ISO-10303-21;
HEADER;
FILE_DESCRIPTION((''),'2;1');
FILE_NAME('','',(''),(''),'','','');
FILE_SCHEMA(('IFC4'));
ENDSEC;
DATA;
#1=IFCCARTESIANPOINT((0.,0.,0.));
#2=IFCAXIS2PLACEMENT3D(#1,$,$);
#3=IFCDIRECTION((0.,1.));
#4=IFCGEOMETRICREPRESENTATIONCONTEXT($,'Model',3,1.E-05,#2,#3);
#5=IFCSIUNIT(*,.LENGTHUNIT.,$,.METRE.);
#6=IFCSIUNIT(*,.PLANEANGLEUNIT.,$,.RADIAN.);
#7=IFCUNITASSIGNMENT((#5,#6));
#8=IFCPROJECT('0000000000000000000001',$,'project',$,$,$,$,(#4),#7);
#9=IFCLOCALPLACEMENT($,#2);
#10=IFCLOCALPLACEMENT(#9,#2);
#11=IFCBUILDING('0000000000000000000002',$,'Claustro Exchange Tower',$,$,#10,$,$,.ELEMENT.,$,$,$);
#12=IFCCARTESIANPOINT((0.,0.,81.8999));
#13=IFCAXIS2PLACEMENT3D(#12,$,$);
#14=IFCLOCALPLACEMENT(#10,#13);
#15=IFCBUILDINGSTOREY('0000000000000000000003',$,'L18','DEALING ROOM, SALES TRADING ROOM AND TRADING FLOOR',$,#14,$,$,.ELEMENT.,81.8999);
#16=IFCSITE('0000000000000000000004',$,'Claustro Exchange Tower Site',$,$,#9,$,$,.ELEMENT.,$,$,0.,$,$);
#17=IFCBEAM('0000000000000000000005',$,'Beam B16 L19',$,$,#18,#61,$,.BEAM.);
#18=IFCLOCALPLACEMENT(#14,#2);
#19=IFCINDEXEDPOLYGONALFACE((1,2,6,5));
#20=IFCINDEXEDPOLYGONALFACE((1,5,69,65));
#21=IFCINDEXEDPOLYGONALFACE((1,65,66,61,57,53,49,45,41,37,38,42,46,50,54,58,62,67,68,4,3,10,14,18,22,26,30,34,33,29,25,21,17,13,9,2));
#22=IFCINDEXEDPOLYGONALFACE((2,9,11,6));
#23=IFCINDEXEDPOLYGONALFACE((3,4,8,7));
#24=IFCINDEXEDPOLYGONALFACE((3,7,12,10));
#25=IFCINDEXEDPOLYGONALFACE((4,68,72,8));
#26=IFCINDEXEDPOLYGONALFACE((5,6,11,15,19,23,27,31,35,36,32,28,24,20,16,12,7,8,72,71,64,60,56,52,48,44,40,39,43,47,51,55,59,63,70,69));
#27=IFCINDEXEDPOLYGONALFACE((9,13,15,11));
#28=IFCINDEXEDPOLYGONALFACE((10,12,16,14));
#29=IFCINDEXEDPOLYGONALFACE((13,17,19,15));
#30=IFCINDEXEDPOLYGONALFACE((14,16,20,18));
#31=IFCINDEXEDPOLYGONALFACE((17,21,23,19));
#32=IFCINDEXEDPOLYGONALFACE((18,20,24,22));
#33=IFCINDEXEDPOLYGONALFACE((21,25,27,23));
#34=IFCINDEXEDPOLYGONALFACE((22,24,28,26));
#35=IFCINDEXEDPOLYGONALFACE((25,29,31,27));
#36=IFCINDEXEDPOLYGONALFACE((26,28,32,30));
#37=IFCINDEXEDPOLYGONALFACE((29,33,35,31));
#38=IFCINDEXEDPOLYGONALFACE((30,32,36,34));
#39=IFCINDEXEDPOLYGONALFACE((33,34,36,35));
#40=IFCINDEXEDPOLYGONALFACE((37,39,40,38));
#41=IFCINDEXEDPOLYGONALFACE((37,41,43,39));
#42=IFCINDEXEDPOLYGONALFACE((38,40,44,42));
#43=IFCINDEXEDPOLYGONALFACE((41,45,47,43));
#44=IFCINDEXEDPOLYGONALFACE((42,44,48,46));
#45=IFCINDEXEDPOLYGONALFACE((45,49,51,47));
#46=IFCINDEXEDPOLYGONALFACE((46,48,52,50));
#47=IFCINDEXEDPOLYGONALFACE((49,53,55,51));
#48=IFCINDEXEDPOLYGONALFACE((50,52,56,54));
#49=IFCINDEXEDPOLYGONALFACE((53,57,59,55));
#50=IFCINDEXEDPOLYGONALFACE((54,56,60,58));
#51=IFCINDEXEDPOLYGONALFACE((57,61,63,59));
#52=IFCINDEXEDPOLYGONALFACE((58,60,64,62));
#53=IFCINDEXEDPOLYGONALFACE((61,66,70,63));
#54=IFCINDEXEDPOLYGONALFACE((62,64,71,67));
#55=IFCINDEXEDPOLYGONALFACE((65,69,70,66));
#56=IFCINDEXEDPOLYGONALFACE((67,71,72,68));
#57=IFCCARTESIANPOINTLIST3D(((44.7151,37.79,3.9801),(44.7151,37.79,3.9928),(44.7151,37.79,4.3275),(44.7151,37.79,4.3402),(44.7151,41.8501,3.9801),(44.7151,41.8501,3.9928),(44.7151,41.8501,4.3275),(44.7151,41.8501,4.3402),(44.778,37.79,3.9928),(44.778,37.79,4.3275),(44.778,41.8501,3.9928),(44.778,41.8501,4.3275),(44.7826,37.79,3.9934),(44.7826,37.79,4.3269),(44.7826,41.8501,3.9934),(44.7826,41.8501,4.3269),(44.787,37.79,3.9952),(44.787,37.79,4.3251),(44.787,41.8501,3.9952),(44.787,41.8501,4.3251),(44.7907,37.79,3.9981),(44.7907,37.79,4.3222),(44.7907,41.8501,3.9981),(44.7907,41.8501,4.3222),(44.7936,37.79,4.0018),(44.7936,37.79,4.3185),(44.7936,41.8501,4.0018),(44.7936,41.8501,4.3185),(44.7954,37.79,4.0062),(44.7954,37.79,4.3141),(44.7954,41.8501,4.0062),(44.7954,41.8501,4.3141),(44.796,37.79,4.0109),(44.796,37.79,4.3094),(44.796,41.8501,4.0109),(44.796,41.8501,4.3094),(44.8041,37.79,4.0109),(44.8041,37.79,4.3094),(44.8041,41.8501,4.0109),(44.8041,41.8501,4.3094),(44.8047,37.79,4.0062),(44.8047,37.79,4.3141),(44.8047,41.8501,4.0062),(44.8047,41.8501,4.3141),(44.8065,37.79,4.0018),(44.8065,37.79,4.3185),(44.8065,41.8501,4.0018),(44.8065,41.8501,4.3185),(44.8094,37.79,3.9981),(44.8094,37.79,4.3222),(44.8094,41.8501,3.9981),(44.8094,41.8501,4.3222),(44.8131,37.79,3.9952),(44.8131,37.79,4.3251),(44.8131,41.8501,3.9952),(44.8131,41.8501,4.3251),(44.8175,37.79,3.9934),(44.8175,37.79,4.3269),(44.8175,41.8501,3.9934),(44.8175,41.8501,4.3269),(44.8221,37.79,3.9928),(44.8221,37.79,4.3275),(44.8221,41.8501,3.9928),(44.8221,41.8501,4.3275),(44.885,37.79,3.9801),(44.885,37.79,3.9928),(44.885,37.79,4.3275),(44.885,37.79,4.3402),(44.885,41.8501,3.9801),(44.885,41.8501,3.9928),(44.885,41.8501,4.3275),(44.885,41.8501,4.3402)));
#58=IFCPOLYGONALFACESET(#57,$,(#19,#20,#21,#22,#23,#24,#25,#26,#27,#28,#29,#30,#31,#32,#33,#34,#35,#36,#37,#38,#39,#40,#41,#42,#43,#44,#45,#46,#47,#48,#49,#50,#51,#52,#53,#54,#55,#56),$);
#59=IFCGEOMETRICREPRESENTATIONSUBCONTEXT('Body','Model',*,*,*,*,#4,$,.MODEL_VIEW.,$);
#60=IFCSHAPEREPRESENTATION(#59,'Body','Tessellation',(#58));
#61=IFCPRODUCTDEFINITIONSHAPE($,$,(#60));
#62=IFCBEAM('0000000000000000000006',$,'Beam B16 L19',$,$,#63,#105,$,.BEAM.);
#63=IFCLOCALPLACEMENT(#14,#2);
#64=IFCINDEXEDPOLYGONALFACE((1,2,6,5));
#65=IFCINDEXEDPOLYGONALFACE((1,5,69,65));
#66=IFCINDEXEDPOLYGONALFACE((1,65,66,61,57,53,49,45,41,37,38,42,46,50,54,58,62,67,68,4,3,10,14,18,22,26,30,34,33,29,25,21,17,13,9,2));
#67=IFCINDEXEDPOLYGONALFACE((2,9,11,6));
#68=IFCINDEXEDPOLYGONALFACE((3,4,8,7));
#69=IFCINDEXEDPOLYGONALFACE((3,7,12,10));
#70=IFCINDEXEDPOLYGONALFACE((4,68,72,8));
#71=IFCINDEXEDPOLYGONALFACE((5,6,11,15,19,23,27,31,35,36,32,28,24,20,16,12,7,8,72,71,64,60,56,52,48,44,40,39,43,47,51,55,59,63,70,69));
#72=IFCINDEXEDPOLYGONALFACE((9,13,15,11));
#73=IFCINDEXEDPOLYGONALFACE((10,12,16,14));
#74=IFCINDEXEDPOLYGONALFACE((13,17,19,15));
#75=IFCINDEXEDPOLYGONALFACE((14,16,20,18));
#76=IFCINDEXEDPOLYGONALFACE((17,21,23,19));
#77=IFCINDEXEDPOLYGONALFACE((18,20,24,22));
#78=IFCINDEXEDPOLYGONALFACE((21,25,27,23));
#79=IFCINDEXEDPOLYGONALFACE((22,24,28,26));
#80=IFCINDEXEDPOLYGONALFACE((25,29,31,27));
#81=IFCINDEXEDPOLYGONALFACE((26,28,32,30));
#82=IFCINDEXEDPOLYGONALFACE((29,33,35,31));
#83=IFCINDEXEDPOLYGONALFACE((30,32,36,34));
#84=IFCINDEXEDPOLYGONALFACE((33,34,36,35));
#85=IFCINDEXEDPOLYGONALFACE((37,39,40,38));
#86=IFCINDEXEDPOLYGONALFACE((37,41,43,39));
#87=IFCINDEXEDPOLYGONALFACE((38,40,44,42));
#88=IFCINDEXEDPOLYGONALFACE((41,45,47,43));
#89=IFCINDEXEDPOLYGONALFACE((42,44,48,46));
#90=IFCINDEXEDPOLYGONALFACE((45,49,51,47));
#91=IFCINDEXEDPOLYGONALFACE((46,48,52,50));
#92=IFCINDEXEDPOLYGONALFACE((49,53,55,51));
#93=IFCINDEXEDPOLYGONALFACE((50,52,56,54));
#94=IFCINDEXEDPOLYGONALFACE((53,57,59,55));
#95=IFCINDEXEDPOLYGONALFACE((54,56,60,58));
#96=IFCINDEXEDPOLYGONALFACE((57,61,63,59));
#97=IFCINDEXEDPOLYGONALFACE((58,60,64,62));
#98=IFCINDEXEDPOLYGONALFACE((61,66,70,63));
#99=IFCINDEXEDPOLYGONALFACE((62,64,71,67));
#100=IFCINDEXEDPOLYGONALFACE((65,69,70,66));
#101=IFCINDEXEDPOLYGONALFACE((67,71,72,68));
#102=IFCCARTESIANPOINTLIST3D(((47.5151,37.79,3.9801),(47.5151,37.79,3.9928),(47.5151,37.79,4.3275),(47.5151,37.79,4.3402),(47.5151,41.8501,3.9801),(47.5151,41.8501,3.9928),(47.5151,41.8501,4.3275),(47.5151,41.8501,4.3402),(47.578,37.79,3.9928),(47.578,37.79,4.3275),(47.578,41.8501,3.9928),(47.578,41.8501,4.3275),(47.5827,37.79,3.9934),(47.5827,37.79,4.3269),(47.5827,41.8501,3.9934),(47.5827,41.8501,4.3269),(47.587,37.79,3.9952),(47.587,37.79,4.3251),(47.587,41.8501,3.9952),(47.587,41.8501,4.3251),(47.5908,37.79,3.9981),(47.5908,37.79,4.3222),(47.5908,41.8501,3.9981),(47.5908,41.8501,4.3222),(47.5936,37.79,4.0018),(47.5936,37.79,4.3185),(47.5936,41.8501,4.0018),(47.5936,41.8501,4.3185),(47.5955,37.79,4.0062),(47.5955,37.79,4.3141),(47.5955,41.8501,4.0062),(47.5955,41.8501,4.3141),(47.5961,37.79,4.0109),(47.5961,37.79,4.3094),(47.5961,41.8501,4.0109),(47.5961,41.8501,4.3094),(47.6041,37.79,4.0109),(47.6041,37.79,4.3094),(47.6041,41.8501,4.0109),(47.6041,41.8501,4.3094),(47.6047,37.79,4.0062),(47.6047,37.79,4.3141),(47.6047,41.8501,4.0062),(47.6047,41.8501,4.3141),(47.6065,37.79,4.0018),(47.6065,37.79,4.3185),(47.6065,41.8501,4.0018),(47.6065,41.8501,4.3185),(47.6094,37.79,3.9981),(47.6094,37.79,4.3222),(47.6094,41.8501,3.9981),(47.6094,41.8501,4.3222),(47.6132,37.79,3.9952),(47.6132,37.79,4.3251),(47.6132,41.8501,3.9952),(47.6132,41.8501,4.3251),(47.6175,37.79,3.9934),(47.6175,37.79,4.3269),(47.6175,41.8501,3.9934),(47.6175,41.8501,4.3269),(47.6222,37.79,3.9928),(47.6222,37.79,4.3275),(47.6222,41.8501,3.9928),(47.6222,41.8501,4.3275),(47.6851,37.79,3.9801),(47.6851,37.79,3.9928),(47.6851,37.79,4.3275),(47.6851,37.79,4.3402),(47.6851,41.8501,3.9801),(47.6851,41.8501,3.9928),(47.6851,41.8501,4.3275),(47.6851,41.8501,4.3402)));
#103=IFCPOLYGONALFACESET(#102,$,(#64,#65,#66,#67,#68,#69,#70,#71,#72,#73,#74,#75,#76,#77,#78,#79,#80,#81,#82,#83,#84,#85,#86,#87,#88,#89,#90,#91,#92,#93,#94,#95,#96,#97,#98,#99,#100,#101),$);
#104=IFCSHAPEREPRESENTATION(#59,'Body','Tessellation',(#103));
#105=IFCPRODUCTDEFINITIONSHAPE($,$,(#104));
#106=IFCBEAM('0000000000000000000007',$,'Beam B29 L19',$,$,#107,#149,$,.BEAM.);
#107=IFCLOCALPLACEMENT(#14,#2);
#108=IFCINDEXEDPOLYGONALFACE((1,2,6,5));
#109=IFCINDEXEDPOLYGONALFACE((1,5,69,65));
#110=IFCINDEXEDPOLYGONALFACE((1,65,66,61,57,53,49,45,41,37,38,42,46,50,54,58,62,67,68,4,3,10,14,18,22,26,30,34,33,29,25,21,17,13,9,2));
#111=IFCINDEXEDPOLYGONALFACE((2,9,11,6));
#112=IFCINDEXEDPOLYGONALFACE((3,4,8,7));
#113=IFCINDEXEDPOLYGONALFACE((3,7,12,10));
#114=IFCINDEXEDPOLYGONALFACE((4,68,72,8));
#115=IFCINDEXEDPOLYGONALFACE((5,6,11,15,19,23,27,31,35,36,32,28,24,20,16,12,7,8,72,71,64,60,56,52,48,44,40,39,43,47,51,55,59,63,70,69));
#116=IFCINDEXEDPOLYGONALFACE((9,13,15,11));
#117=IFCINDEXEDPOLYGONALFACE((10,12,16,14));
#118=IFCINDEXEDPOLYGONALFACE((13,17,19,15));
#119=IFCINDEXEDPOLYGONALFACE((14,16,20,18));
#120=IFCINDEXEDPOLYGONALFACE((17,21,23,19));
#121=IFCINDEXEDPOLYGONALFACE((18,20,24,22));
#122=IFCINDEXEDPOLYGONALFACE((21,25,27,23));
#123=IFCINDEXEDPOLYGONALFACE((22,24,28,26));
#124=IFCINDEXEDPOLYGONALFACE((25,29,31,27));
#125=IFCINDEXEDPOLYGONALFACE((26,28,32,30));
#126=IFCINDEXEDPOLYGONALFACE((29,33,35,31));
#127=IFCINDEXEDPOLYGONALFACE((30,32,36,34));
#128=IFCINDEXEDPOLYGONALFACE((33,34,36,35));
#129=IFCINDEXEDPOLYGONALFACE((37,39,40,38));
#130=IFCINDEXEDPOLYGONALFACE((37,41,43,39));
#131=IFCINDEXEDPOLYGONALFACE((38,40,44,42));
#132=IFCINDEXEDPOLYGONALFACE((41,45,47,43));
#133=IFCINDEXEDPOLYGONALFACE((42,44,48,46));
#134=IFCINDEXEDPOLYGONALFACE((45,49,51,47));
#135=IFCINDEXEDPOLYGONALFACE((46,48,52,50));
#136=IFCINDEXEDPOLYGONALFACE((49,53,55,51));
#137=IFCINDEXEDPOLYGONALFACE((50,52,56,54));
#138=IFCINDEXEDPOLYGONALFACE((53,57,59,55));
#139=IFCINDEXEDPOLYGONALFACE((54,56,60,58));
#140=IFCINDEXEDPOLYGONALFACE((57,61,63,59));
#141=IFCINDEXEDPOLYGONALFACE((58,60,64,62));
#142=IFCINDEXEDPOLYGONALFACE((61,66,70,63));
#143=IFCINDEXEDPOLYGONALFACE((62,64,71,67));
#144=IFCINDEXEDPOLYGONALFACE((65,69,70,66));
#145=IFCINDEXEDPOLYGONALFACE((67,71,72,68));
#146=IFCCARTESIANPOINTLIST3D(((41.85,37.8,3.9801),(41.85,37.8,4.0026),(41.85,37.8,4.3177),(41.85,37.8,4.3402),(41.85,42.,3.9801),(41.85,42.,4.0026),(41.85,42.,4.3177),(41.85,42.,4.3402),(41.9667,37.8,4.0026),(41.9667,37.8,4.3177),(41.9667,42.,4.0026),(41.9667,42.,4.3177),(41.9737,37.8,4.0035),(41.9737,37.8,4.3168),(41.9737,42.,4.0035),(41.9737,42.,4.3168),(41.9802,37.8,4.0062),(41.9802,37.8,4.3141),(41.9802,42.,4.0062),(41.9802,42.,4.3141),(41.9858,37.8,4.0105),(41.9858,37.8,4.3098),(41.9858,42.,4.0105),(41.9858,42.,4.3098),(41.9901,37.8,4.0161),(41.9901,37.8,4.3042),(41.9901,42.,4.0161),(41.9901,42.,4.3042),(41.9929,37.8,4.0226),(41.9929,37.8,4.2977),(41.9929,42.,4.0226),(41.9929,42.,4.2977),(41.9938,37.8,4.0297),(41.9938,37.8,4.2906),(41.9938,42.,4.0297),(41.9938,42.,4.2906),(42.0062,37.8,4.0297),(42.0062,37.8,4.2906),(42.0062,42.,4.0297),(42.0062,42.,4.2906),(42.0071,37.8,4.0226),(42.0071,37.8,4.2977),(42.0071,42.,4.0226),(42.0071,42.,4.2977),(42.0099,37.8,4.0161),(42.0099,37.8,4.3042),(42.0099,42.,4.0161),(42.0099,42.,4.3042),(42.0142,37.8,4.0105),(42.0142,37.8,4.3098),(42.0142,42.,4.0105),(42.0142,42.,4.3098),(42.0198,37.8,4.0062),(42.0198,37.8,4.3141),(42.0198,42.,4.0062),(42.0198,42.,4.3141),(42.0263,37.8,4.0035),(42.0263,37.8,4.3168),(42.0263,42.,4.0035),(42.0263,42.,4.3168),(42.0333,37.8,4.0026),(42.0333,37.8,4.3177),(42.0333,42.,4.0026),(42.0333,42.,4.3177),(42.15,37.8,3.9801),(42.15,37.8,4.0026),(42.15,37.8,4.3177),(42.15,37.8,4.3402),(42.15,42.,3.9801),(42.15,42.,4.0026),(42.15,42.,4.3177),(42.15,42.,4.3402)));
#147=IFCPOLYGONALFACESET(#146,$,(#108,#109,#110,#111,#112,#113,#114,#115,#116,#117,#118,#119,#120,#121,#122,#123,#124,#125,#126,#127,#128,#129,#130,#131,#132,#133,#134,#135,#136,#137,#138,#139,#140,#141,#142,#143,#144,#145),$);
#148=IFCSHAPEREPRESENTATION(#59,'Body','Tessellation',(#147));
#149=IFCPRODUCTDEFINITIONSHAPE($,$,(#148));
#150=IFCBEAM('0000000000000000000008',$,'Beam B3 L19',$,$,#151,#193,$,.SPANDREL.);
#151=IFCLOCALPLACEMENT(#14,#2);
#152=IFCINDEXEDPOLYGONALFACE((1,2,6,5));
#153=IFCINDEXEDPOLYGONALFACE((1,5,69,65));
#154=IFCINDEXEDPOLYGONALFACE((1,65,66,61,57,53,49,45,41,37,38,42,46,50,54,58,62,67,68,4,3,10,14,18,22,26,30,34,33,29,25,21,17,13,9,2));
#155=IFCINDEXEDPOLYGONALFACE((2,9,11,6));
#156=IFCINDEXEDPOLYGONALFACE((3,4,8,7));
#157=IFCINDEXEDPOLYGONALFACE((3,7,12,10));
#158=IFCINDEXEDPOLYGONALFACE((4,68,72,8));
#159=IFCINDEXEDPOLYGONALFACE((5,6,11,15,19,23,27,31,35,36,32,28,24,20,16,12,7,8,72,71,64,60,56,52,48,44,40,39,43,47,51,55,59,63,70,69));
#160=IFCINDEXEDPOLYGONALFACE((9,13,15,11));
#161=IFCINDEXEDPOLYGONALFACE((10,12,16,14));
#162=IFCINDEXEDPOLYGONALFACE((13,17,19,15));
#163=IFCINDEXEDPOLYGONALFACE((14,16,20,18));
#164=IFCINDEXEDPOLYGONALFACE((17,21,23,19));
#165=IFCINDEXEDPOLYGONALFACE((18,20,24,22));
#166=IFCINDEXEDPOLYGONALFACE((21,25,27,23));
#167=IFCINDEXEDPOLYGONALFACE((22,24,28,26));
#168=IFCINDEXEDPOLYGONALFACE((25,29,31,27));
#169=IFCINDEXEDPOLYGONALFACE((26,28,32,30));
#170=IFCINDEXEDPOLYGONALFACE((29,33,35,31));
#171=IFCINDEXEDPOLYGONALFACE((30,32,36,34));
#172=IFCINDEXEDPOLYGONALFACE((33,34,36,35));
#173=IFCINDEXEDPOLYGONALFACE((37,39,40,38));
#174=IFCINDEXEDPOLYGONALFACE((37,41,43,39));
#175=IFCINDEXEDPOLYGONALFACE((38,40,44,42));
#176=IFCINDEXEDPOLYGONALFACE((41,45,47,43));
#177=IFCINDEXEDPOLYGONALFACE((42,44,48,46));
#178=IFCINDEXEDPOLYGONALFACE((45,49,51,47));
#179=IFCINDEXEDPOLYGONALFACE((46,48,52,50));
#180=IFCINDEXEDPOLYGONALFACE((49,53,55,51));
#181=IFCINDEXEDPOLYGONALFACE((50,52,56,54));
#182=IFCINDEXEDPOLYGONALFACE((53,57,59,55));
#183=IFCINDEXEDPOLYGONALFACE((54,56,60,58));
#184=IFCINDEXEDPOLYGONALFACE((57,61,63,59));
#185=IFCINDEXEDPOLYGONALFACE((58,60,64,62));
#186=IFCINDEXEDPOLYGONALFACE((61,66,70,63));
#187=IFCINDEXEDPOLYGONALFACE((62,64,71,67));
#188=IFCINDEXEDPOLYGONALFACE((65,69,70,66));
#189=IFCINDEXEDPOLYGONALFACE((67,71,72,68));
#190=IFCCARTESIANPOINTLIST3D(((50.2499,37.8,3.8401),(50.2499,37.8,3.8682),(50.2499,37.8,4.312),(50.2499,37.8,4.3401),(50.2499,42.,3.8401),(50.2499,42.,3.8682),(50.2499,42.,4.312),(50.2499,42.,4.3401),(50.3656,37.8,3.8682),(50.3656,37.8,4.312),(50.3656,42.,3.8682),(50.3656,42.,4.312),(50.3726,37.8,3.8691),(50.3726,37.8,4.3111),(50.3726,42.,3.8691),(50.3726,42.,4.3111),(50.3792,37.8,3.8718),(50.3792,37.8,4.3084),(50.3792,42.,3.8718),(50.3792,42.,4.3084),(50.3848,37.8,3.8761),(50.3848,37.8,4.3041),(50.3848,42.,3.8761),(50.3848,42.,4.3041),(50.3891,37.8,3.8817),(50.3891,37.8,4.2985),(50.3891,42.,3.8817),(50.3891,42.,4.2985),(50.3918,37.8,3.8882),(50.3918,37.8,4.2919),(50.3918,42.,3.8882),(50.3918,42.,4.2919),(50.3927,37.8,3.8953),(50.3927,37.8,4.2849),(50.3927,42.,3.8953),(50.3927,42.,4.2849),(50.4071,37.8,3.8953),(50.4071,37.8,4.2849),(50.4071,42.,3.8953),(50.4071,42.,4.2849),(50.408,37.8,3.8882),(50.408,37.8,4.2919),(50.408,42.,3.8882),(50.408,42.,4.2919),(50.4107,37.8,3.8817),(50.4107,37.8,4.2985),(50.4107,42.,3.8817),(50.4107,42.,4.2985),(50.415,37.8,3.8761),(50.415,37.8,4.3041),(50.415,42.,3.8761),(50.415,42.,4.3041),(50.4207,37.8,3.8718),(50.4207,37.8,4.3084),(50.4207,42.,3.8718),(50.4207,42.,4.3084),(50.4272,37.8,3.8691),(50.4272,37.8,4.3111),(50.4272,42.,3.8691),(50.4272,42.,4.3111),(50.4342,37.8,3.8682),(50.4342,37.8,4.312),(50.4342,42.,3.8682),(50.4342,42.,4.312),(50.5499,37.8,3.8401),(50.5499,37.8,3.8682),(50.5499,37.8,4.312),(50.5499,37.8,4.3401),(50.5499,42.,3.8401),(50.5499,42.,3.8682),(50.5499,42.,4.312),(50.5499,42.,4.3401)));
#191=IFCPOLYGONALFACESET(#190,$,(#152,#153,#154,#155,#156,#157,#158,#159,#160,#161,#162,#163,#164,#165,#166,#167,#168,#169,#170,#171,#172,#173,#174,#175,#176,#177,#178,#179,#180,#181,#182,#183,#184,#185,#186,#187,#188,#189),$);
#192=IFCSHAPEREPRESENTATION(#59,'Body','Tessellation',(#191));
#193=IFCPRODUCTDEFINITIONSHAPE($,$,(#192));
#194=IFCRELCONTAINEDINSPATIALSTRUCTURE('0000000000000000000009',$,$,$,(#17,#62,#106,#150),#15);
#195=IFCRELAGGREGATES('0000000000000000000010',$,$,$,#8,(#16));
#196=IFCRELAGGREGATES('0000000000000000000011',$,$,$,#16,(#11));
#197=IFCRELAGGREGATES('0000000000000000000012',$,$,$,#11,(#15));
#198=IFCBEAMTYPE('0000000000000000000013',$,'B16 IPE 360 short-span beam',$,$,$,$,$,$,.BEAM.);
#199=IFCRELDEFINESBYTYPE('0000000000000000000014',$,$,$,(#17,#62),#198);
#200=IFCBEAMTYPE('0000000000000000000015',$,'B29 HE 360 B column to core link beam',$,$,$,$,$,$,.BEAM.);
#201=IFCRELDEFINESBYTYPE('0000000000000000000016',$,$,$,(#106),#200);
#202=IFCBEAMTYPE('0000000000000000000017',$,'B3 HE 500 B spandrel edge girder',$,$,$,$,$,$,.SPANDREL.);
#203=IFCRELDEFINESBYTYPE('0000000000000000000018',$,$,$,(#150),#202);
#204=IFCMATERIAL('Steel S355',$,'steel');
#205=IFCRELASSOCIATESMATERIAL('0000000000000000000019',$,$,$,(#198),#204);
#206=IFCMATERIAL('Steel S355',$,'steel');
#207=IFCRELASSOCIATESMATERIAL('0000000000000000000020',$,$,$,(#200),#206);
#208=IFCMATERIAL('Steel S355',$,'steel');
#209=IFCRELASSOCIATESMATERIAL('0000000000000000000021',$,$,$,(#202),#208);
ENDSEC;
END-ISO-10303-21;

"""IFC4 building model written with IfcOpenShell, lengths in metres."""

from ifc_helpers import new_model, si_unit, direction, frame, origin, origin_2d, place, context, subcontext, project, spatial, i_section, extrude, material, material_profile, profile_set, type_object, element, save


model = new_model("IFC4")

# Units and contexts
model_context = context("Model", 3, precision=1e-05, world=origin(), true_north=direction((0.0, 1.0)))
body_context = subcontext(model_context, "Body", "Model", "MODEL_VIEW")
ifc_project = project(units=[si_unit("LENGTHUNIT", "METRE"), si_unit("PLANEANGLEUNIT", "RADIAN")], contexts=[model_context])

# Site, building, storey
site_placement = place(None, origin())
site = spatial("IfcSite", under=ifc_project, at=site_placement, Name="Claustro Exchange Tower Site", CompositionType="ELEMENT", RefElevation=0.0)
building_placement = place(site_placement, origin())
building = spatial("IfcBuilding", under=site, at=building_placement, Name="Claustro Exchange Tower", CompositionType="ELEMENT")
storey_placement = place(building_placement, frame((0.0, 0.0, 81.8999)))
storey = spatial("IfcBuildingStorey", under=building, at=storey_placement, Name="L18", Description="DEALING ROOM, SALES TRADING ROOM AND TRADING FLOOR", CompositionType="ELEMENT", Elevation=81.8999)

# Beams
ifc_material_1 = material(Name="Steel S355", Category="steel")
ifc_material_profile_1 = material_profile(ifc_material_1, i_section(OverallWidth=0.1699, OverallDepth=0.3601, WebThickness=0.0081, FlangeThickness=0.0127, FilletRadius=0.0181, at=origin_2d()), Name="IPE 360")
ifc_profile_set_1 = profile_set([ifc_material_profile_1], Name="Steel S355")
beam_type_1 = type_object("IfcBeamType", Name="B16 IPE 360 short-span beam", PredefinedType="BEAM", material=ifc_profile_set_1)
for number, where, z_axis, x_axis, name in (
    (1, (44.8, 37.79, 4.1602), (0.0, 1.0, 0.0), (-1.0, 0.0, 0.0), "Beam B16 L19"),
    (2, (47.6001, 37.79, 4.1602), (0.0, 1.0, 0.0), (-1.0, 0.0, 0.0), "Beam B16 L19"),
):
    element("IfcBeam", number, at=place(storey_placement, frame(where, z_axis=z_axis, x_axis=x_axis)), inside=storey, type_object=beam_type_1, Name=name, PredefinedType="BEAM", context=body_context, shape_type="SweptSolid", body=[
        extrude(i_section(OverallWidth=0.1699, OverallDepth=0.3601, WebThickness=0.0081, FlangeThickness=0.0127, FilletRadius=0.0181, at=origin_2d()), origin(), (0.0, 0.0, 1.0), 4.0601),
    ])
ifc_material_2 = material(Name="Steel S355", Category="steel")
ifc_material_profile_2 = material_profile(ifc_material_2, i_section(OverallWidth=0.3, OverallDepth=0.3601, WebThickness=0.0125, FlangeThickness=0.0225, FilletRadius=0.0271, at=origin_2d()), Name="HE 360 B")
ifc_profile_set_2 = profile_set([ifc_material_profile_2], Name="Steel S355")
beam_type_2 = type_object("IfcBeamType", Name="B29 HE 360 B column to core link beam", PredefinedType="BEAM", material=ifc_profile_set_2)
beam_1_placement = place(storey_placement, frame((42.0, 37.8, 4.1602), z_axis=(0.0, 1.0, 0.0), x_axis=(-1.0, 0.0, 0.0)))
element("IfcBeam", 3, at=beam_1_placement, inside=storey, type_object=beam_type_2, Name="Beam B29 L19", PredefinedType="BEAM", context=body_context, shape_type="SweptSolid", body=[
    extrude(i_section(OverallWidth=0.3, OverallDepth=0.3601, WebThickness=0.0125, FlangeThickness=0.0225, FilletRadius=0.0271, at=origin_2d()), origin(), (0.0, 0.0, 1.0), 4.2),
])
ifc_material_3 = material(Name="Steel S355", Category="steel")
ifc_material_profile_3 = material_profile(ifc_material_3, i_section(OverallWidth=0.3, OverallDepth=0.5, WebThickness=0.0144, FlangeThickness=0.0281, FilletRadius=0.0271, at=origin_2d()), Name="HE 500 B")
ifc_profile_set_3 = profile_set([ifc_material_profile_3], Name="Steel S355")
beam_type_3 = type_object("IfcBeamType", Name="B3 HE 500 B spandrel edge girder", PredefinedType="SPANDREL", material=ifc_profile_set_3)
beam_2_placement = place(storey_placement, frame((50.3999, 37.8, 4.0901), z_axis=(0.0, 1.0, 0.0), x_axis=(-1.0, 0.0, 0.0)))
element("IfcBeam", 4, at=beam_2_placement, inside=storey, type_object=beam_type_3, Name="Beam B3 L19", PredefinedType="SPANDREL", context=body_context, shape_type="SweptSolid", body=[
    extrude(i_section(OverallWidth=0.3, OverallDepth=0.5, WebThickness=0.0144, FlangeThickness=0.0281, FilletRadius=0.0271, at=origin_2d()), origin(), (0.0, 0.0, 1.0), 4.2),
])

save(model, "model.ifc")
